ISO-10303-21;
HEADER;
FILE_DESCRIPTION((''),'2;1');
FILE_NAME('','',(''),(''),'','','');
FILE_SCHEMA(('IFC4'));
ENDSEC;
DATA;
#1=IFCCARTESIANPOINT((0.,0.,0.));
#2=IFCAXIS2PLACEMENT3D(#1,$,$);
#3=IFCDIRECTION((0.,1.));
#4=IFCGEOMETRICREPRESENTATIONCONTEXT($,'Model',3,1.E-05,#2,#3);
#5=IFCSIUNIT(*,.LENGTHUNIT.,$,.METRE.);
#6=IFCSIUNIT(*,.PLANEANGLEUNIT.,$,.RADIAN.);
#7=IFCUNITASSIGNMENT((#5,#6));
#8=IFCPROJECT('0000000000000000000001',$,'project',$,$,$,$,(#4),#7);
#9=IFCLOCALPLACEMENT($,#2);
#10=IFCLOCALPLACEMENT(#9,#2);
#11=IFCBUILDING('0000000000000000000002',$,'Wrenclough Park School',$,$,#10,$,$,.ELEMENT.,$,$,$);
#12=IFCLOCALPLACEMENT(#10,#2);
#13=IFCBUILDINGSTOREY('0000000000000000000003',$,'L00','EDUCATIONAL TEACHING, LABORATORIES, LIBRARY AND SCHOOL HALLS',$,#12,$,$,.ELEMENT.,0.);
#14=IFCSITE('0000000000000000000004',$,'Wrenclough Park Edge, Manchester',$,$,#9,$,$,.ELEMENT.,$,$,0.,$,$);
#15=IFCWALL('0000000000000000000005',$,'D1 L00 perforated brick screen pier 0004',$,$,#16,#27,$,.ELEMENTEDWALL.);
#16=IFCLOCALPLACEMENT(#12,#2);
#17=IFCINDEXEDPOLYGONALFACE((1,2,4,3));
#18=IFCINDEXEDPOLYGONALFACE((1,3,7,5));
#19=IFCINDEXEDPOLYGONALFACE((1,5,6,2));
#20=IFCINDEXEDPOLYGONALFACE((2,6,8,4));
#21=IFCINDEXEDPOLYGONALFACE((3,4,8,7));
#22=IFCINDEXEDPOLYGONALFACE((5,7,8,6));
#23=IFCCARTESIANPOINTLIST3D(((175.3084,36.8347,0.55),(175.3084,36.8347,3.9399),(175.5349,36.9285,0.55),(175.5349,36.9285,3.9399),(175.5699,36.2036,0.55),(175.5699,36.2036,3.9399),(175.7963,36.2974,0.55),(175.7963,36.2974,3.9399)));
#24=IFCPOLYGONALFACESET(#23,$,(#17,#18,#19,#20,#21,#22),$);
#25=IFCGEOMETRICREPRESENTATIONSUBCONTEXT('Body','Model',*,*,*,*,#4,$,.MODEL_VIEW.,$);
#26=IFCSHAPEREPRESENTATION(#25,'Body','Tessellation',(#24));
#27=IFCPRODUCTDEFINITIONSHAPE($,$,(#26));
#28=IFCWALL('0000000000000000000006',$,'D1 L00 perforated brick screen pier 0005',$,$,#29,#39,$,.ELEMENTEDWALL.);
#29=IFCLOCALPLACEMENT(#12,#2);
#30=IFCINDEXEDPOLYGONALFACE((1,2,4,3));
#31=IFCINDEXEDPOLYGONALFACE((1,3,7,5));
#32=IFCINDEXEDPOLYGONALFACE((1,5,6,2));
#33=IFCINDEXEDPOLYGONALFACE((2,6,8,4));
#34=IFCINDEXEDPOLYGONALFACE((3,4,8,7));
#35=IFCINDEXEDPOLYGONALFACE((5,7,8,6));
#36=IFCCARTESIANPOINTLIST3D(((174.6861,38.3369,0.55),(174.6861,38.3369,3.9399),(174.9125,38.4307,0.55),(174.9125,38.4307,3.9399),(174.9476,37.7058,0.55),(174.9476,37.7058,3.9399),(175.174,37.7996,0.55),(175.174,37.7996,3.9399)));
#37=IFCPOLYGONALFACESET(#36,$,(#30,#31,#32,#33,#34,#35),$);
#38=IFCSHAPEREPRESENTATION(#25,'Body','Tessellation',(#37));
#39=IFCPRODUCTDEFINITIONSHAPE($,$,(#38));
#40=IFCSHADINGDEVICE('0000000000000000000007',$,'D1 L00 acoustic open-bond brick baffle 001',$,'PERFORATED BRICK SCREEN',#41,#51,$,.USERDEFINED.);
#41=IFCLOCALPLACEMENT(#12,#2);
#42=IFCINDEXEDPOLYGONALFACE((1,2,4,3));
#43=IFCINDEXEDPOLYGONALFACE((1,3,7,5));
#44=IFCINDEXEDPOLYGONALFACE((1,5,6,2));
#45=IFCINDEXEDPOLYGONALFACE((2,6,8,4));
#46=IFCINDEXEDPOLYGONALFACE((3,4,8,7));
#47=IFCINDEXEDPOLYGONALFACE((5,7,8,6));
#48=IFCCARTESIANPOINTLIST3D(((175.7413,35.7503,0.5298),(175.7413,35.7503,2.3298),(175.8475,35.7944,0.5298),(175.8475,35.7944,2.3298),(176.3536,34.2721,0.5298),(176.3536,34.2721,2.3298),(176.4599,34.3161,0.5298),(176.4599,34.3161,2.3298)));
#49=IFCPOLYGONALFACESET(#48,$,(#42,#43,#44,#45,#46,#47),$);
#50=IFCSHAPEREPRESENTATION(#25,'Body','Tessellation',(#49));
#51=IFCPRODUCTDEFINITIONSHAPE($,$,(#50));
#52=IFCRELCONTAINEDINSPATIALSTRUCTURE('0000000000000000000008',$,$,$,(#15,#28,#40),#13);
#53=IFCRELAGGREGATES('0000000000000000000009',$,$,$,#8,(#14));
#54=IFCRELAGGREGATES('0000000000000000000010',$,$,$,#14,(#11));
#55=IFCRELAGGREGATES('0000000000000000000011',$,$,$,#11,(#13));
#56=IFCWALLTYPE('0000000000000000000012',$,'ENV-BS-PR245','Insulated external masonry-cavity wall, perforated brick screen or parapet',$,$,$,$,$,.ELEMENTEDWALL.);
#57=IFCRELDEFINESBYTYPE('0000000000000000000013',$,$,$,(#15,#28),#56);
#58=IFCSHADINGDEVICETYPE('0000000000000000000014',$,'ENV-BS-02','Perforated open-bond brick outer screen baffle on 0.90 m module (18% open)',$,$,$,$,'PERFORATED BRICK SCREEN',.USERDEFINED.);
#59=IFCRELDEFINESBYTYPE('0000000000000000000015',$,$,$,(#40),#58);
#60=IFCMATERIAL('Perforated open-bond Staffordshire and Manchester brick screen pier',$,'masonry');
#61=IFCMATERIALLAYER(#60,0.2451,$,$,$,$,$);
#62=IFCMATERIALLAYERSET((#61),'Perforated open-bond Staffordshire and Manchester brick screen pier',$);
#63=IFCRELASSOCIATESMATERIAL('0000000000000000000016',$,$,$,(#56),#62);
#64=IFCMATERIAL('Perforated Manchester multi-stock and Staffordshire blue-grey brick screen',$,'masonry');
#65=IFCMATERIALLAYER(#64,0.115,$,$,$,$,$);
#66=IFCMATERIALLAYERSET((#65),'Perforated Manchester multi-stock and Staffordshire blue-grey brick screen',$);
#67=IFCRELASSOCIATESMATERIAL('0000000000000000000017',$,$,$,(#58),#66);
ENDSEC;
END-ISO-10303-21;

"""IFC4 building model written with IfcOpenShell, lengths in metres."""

from ifc_helpers import new_model, si_unit, direction, frame, frame_2d, origin, origin_2d, place, context, subcontext, project, spatial, rectangle, extrude, material, layer, layer_set, type_object, element, save


model = new_model("IFC4")

# Units and contexts
model_context = context("Model", 3, precision=1e-05, world=origin(), true_north=direction((0.0, 1.0)))
body_context = subcontext(model_context, "Body", "Model", "MODEL_VIEW")
ifc_project = project(units=[si_unit("LENGTHUNIT", "METRE"), si_unit("PLANEANGLEUNIT", "RADIAN")], contexts=[model_context])

# Site, building, storey
site_placement = place(None, origin())
site = spatial("IfcSite", under=ifc_project, at=site_placement, Name="Wrenclough Park Edge, Manchester", CompositionType="ELEMENT", RefElevation=0.0)
building_placement = place(site_placement, origin())
building = spatial("IfcBuilding", under=site, at=building_placement, Name="Wrenclough Park School", CompositionType="ELEMENT")
storey_placement = place(building_placement, origin())
storey = spatial("IfcBuildingStorey", under=building, at=storey_placement, Name="L00", Description="EDUCATIONAL TEACHING, LABORATORIES, LIBRARY AND SCHOOL HALLS", CompositionType="ELEMENT", Elevation=0.0)

# Walls
ifc_material_1 = material(Name="Perforated open-bond Staffordshire and Manchester brick screen pier", Category="masonry")
ifc_layer_1 = layer(ifc_material_1, 0.2451)
ifc_layer_set_1 = layer_set([ifc_layer_1], Name="Perforated open-bond Staffordshire and Manchester brick screen pier")
wall_type = type_object("IfcWallType", Name="ENV-BS-PR245", Description="Insulated external masonry-cavity wall, perforated brick screen or parapet", PredefinedType="ELEMENTEDWALL", material=ifc_layer_set_1)
for number, where, z_axis, x_axis, name in (
    (1, (175.6831, 36.2505, 0.55), (0.0, 0.0, 1.0), (-0.382762, 0.923847, 0.0), "D1 L00 perforated brick screen pier 0004"),
    (2, (175.0608, 37.7527, 0.55), (0.0, 0.0, 1.0), (-0.382762, 0.923847, 0.0), "D1 L00 perforated brick screen pier 0005"),
):
    element("IfcWall", number, at=place(storey_placement, frame(where, z_axis=z_axis, x_axis=x_axis)), inside=storey, type_object=wall_type, Name=name, PredefinedType="ELEMENTEDWALL", context=body_context, shape_type="SweptSolid", body=[
        extrude(rectangle(XDim=0.6831, YDim=0.2451, at=frame_2d((0.3416, 0.0))), origin(), (0.0, 0.0, 1.0), 3.3899),
    ])

# Shading device
ifc_material_2 = material(Name="Perforated Manchester multi-stock and Staffordshire blue-grey brick screen", Category="masonry")
ifc_layer_2 = layer(ifc_material_2, 0.115)
ifc_layer_set_2 = layer_set([ifc_layer_2], Name="Perforated Manchester multi-stock and Staffordshire blue-grey brick screen")
shading_device_type = type_object("IfcShadingDeviceType", Name="ENV-BS-02", Description="Perforated open-bond brick outer screen baffle on 0.90 m module (18% open)", ElementType="PERFORATED BRICK SCREEN", PredefinedType="USERDEFINED", material=ifc_layer_set_2)
shading_device_placement = place(storey_placement, frame((176.1006, 35.0332, 0.5298), z_axis=(0.0, 0.0, 1.0), x_axis=(-0.382692, 0.923876, 0.0)))
element("IfcShadingDevice", 3, at=shading_device_placement, inside=storey, type_object=shading_device_type, Name="D1 L00 acoustic open-bond brick baffle 001", ObjectType="PERFORATED BRICK SCREEN", PredefinedType="USERDEFINED", context=body_context, shape_type="SweptSolid", body=[
    extrude(rectangle(XDim=1.6001, YDim=0.115, at=origin_2d()), origin(), (0.0, 0.0, 1.0), 1.8),
])

save(model, "model.ifc")
